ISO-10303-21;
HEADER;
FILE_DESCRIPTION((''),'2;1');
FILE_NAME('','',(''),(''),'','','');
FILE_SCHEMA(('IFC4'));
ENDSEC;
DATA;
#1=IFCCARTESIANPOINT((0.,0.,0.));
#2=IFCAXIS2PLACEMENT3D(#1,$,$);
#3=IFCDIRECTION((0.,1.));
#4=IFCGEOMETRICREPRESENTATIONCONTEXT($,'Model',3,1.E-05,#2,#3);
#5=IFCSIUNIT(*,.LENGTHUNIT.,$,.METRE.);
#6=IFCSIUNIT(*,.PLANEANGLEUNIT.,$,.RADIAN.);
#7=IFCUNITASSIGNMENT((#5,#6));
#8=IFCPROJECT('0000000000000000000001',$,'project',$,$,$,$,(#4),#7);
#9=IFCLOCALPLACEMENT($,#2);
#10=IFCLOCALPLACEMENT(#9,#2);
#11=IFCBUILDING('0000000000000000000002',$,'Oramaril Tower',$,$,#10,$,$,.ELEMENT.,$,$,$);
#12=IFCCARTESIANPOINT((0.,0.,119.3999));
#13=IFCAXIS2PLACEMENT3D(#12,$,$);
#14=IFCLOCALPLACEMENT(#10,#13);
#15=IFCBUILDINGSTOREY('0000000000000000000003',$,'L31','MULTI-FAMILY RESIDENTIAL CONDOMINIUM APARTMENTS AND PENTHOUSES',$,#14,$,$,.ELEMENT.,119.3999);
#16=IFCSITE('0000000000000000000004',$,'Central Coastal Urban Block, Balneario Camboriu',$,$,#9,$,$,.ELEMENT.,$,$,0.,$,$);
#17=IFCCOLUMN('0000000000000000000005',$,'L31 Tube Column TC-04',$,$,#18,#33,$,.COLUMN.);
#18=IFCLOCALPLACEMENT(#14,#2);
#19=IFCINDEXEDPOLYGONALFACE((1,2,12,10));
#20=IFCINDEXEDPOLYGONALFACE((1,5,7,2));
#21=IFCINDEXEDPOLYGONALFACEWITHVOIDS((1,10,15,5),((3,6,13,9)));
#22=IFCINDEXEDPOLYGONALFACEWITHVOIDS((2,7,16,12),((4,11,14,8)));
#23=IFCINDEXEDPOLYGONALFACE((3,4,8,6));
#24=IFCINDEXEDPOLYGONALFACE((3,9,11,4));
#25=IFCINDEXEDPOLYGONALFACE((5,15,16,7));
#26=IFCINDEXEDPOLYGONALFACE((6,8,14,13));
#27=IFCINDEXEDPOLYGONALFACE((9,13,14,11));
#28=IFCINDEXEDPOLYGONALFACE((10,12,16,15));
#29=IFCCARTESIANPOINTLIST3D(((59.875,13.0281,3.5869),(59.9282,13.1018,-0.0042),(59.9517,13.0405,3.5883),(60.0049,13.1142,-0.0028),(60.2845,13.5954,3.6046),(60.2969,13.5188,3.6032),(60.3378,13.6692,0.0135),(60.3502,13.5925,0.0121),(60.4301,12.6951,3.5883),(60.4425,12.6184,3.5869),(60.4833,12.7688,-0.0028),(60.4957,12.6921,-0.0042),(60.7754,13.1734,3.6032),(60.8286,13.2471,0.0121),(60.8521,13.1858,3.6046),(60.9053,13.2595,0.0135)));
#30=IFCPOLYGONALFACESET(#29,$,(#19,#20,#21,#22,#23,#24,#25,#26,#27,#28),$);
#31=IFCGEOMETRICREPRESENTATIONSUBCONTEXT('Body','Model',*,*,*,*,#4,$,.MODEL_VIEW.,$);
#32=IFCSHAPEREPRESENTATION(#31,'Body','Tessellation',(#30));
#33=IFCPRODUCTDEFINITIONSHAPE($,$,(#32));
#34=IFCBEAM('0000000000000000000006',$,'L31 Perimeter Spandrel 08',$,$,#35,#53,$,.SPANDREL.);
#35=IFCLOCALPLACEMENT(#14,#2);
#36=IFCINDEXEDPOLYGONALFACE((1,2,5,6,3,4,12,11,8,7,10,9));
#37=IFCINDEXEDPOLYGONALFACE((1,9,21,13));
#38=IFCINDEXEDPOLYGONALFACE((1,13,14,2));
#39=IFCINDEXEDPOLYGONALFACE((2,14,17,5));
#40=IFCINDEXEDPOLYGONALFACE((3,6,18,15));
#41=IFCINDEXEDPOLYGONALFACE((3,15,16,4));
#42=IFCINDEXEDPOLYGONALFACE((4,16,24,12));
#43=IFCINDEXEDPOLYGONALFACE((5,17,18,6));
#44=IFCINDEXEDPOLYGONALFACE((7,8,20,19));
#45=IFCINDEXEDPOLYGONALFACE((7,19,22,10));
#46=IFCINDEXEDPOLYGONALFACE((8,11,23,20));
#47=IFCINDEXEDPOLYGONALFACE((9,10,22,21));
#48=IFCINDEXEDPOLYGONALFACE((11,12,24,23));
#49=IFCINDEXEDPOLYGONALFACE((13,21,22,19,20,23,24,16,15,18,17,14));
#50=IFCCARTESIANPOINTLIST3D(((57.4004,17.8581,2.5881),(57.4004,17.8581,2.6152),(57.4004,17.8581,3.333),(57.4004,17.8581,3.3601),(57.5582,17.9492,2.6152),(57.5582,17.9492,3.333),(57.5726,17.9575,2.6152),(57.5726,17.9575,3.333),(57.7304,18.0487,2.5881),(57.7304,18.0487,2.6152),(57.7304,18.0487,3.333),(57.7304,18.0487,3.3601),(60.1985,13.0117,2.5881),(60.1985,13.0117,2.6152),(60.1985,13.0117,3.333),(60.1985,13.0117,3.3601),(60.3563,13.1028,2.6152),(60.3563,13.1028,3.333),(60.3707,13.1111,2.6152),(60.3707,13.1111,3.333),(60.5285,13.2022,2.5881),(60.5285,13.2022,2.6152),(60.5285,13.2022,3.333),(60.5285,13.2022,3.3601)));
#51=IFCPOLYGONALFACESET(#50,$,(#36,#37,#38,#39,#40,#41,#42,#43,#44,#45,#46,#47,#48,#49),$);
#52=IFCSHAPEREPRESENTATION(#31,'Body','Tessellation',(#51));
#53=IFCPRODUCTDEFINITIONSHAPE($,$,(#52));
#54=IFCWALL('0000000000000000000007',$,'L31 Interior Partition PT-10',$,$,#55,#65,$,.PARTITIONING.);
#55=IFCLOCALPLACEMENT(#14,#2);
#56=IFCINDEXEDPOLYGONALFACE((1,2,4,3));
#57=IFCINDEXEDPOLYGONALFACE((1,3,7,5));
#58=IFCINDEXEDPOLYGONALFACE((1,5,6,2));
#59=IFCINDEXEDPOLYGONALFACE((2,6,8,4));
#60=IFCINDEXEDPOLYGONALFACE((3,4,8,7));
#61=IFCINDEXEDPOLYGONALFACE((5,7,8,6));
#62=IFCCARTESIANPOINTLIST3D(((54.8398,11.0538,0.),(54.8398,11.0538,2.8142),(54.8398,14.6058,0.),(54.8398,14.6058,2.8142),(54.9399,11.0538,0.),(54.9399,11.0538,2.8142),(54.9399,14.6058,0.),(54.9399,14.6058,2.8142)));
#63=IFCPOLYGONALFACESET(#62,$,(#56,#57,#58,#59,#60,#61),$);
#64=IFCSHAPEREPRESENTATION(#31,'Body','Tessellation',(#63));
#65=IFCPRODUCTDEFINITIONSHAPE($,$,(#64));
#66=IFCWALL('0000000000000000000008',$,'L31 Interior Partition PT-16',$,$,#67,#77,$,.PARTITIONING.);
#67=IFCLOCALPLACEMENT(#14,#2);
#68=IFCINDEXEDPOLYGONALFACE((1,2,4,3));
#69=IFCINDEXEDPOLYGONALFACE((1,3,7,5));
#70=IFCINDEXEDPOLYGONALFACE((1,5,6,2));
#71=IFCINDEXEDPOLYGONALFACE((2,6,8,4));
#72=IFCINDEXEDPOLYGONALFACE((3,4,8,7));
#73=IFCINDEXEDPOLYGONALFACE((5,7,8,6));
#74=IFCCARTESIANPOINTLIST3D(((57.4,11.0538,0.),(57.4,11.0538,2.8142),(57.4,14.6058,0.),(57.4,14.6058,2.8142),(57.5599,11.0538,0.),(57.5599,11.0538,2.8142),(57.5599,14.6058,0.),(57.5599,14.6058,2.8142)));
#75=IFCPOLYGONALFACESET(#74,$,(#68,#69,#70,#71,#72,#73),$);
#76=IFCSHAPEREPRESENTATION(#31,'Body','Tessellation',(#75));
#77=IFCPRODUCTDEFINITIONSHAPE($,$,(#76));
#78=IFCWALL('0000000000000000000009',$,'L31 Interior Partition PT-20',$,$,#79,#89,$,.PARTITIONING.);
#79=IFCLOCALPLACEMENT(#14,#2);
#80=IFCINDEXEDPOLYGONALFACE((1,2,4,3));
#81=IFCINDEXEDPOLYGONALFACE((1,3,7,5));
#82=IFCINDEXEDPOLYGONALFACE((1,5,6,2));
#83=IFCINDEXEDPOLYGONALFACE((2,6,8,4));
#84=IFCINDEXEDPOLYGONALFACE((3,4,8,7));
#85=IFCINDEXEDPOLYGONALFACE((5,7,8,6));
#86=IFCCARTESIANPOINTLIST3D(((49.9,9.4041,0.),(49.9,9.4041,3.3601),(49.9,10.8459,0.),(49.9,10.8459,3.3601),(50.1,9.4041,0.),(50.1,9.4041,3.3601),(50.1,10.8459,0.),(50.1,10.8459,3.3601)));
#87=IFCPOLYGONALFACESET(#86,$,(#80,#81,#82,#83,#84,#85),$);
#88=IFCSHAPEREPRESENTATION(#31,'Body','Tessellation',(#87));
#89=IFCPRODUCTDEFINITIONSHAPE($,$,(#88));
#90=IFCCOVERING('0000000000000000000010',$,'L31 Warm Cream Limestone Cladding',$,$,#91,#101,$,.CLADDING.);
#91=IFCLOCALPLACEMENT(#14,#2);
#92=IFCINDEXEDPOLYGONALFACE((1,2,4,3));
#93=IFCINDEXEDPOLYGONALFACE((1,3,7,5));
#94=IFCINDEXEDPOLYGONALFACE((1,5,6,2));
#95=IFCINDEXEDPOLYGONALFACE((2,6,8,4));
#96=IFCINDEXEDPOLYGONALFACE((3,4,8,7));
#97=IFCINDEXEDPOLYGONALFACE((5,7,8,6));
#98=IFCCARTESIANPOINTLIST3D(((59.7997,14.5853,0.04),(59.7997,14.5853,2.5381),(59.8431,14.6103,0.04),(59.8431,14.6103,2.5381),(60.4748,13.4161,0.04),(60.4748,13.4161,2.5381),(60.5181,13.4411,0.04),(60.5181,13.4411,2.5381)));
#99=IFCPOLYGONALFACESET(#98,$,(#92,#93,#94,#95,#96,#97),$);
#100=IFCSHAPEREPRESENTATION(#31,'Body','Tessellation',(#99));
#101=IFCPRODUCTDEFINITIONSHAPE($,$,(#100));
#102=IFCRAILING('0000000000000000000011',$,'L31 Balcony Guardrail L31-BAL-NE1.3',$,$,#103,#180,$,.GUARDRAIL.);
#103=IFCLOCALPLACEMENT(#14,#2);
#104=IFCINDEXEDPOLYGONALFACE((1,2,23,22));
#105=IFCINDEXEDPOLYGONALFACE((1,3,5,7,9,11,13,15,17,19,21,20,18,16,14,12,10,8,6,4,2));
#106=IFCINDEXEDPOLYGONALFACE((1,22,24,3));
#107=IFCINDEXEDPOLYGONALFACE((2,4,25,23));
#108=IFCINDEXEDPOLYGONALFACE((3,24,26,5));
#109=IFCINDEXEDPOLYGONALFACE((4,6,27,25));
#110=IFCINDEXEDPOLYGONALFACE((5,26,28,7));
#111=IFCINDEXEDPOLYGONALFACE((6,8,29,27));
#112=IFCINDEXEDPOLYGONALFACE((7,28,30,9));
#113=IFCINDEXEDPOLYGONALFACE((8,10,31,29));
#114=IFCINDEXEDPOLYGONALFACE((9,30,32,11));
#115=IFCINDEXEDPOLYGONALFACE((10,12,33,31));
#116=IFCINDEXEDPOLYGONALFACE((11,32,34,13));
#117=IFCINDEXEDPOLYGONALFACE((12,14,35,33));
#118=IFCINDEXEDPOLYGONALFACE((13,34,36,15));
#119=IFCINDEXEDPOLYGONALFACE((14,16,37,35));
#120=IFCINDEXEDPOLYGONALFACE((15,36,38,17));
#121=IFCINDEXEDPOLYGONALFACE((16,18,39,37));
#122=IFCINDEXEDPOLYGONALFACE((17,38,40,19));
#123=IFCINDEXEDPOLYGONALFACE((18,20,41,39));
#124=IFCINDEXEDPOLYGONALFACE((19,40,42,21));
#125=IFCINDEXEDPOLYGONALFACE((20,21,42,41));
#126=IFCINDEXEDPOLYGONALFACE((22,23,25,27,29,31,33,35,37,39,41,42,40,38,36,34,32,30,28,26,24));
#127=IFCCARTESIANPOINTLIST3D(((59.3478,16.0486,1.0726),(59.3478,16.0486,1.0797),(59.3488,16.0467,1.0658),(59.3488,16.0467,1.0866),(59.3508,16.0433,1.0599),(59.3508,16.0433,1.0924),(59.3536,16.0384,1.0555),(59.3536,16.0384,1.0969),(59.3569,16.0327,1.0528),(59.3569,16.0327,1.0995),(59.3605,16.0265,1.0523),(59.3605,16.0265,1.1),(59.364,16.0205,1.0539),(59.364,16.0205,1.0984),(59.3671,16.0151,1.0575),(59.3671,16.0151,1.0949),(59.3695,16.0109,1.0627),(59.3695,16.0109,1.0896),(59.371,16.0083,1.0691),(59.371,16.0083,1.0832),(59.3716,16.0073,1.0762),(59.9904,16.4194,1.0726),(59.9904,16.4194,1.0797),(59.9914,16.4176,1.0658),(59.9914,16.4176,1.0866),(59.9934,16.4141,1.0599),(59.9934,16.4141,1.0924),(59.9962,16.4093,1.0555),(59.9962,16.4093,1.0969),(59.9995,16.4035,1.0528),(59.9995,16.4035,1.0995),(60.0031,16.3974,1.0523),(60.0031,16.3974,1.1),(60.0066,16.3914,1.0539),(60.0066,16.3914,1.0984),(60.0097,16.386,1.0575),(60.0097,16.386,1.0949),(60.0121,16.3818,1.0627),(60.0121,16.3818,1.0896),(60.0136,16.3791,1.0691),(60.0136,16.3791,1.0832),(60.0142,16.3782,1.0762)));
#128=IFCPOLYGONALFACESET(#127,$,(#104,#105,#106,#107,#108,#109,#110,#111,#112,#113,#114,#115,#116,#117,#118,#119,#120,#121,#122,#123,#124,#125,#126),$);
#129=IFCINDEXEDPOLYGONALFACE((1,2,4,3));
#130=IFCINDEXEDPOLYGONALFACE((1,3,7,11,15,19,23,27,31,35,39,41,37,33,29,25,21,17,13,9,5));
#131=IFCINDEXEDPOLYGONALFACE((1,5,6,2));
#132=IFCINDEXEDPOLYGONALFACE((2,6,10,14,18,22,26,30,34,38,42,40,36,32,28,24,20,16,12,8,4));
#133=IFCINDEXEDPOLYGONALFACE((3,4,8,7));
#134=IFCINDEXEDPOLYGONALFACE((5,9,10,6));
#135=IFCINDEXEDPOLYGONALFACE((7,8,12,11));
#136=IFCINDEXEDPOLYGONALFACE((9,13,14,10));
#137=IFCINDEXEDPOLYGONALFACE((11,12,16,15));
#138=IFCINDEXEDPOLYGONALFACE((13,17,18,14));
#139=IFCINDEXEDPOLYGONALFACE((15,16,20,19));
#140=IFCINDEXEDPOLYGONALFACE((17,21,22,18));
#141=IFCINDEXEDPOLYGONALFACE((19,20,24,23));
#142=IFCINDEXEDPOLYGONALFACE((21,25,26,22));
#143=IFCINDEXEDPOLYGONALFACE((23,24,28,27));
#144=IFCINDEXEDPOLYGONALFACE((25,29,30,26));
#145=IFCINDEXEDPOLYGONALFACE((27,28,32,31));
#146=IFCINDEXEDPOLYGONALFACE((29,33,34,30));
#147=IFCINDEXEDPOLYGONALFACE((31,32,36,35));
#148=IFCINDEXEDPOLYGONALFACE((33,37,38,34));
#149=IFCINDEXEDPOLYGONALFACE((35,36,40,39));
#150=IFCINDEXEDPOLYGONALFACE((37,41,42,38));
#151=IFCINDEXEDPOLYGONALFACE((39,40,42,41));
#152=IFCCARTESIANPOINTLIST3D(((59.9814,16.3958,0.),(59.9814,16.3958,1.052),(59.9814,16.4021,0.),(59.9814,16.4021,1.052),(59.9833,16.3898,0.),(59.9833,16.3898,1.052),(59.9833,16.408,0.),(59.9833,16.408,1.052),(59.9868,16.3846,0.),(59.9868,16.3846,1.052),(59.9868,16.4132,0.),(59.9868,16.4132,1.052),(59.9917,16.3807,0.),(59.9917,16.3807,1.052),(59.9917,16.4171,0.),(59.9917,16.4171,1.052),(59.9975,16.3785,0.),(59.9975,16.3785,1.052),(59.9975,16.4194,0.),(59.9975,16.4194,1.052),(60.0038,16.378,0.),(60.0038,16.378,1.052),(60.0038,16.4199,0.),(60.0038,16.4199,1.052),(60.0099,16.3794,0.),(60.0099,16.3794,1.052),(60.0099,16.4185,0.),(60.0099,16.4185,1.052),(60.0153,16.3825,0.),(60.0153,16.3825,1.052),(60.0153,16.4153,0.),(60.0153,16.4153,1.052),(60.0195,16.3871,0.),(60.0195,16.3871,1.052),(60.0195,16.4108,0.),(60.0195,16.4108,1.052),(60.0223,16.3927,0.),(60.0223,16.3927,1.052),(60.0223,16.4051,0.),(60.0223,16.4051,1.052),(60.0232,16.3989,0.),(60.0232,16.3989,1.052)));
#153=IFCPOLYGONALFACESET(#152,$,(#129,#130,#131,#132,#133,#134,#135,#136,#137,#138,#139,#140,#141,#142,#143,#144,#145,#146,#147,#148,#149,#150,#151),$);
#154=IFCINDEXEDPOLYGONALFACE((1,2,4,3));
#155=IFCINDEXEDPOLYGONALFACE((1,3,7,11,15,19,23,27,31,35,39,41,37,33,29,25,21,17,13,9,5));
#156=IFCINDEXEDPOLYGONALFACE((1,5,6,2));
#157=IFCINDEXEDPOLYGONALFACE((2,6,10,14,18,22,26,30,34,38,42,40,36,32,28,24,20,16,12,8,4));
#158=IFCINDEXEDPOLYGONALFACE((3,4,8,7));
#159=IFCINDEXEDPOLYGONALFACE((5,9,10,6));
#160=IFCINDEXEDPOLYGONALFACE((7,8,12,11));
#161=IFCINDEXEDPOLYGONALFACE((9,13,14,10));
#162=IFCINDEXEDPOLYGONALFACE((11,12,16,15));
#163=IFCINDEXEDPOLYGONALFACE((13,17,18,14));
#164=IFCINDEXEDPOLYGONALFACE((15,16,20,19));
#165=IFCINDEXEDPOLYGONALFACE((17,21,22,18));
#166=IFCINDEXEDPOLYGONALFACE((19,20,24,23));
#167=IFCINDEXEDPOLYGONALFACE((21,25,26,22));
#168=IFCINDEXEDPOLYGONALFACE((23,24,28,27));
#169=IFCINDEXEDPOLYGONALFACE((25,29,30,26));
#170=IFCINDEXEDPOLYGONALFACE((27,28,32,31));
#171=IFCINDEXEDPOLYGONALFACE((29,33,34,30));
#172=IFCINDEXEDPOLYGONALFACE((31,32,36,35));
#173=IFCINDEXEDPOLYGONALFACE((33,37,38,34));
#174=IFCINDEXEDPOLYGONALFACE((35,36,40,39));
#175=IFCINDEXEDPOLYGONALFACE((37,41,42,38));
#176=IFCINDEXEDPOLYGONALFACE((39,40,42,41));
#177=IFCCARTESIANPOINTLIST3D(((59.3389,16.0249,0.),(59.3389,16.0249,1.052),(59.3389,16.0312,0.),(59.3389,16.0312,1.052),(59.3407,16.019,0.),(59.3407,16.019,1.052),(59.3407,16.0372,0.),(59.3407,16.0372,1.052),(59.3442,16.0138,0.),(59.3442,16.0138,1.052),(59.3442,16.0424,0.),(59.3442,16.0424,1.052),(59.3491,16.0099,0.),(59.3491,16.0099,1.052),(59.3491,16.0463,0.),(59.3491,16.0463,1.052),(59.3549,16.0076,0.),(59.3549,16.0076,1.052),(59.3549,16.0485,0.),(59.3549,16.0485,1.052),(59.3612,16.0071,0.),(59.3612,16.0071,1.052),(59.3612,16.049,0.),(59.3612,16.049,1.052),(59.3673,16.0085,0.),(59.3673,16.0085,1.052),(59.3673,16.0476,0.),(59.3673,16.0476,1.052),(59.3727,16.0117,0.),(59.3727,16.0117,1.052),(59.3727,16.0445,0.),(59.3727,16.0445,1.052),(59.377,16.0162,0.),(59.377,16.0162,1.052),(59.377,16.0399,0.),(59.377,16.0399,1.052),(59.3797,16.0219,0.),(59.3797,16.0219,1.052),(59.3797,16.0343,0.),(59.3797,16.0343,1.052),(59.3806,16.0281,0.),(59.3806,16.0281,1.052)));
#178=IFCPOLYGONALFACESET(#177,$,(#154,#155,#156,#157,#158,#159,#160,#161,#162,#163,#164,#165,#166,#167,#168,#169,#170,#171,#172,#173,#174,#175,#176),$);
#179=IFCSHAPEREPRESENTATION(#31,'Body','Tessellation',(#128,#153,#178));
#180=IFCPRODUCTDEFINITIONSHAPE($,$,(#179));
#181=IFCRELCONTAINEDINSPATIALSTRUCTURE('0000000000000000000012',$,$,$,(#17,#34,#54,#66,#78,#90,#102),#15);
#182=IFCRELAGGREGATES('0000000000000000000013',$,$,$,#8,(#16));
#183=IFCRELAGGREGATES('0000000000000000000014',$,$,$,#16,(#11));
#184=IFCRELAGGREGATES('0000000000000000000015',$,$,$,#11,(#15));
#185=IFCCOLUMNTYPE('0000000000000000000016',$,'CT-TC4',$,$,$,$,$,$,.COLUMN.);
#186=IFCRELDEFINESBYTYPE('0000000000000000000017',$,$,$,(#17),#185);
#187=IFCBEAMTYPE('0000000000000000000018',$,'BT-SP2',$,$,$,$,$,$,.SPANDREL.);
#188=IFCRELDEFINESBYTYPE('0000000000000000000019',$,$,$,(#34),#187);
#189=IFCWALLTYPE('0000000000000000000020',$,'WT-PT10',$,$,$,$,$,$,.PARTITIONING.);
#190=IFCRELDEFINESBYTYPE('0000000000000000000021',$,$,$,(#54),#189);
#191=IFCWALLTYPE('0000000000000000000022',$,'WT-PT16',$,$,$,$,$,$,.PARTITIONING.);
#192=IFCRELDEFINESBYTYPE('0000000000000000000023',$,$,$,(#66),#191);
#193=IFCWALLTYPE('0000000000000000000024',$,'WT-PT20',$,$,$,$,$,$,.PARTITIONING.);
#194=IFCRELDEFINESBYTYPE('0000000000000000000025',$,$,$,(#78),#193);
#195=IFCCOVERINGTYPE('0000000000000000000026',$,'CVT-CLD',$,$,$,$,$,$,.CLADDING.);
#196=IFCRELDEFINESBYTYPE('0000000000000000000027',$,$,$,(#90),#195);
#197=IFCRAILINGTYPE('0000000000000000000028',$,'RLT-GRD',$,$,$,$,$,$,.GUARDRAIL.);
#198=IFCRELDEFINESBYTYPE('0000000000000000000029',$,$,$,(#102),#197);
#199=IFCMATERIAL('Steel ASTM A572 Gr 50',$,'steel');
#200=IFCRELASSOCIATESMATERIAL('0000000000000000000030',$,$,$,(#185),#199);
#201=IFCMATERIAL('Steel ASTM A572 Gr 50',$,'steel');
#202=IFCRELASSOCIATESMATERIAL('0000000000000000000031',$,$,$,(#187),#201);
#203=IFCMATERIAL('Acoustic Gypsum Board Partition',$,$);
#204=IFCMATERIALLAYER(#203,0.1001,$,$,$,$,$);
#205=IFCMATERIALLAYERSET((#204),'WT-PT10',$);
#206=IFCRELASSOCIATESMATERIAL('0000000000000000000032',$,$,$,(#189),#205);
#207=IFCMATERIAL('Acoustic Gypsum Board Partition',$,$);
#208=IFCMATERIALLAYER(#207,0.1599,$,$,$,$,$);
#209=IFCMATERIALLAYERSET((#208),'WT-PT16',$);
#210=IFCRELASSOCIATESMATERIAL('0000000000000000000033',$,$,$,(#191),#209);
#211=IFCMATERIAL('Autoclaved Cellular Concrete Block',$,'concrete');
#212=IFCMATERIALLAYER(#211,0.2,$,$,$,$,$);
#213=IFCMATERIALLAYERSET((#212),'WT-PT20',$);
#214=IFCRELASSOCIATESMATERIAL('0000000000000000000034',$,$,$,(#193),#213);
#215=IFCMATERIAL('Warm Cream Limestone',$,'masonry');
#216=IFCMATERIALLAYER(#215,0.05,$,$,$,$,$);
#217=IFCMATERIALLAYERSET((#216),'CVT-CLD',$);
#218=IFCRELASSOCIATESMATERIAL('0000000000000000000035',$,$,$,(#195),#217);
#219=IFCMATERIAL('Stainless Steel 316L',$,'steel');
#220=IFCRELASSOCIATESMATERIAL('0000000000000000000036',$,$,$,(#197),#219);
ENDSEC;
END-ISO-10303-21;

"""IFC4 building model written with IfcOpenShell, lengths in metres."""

from ifc_helpers import new_model, si_unit, direction, frame, frame_2d, origin, origin_2d, place, context, subcontext, project, spatial, rectangle, hollow_rectangle, circle, i_section, extrude, material, layer, layer_set, material_profile, profile_set, type_object, element, save


model = new_model("IFC4")

# Units and contexts
model_context = context("Model", 3, precision=1e-05, world=origin(), true_north=direction((0.0, 1.0)))
body_context = subcontext(model_context, "Body", "Model", "MODEL_VIEW")
ifc_project = project(units=[si_unit("LENGTHUNIT", "METRE"), si_unit("PLANEANGLEUNIT", "RADIAN")], contexts=[model_context])

# Site, building, storey
site_placement = place(None, origin())
site = spatial("IfcSite", under=ifc_project, at=site_placement, Name="Central Coastal Urban Block, Balneario Camboriu", CompositionType="ELEMENT", RefElevation=0.0)
building_placement = place(site_placement, origin())
building = spatial("IfcBuilding", under=site, at=building_placement, Name="Oramaril Tower", CompositionType="ELEMENT")
storey_placement = place(building_placement, frame((0.0, 0.0, 119.3999)))
storey = spatial("IfcBuildingStorey", under=building, at=storey_placement, Name="L31", Description="MULTI-FAMILY RESIDENTIAL CONDOMINIUM APARTMENTS AND PENTHOUSES", CompositionType="ELEMENT", Elevation=119.3999)

# Column
ifc_material_1 = material(Name="Steel ASTM A572 Gr 50", Category="steel")
ifc_material_profile_1 = material_profile(ifc_material_1, hollow_rectangle(XDim=0.7, YDim=0.7, WallThickness=0.0549, at=origin_2d()), Name="BOX700X700X55")
ifc_profile_set_1 = profile_set([ifc_material_profile_1], Name="Steel ASTM A572 Gr 50")
column_type = type_object("IfcColumnType", Name="CT-TC4", PredefinedType="COLUMN", material=ifc_profile_set_1)
column_placement = place(storey_placement, frame((60.4167, 13.1807, 0.0046), z_axis=(-0.014816, -0.020525, 0.99968), x_axis=(0.810821, -0.585294, 0.0)))
element("IfcColumn", 1, at=column_placement, inside=storey, type_object=column_type, Name="L31 Tube Column TC-04", PredefinedType="COLUMN", context=body_context, shape_type="SweptSolid", body=[
    extrude(hollow_rectangle(XDim=0.7, YDim=0.7, WallThickness=0.0549, at=origin_2d()), origin(), (0.0, 0.0, 1.0), 3.5923),
])

# Beam
ifc_material_2 = material(Name="Steel ASTM A572 Gr 50", Category="steel")
ifc_material_profile_2 = material_profile(ifc_material_2, i_section(OverallWidth=0.3811, OverallDepth=0.772, WebThickness=0.0166, FlangeThickness=0.0271, at=origin_2d()), Name="W30X173")
ifc_profile_set_2 = profile_set([ifc_material_profile_2], Name="Steel ASTM A572 Gr 50")
beam_type = type_object("IfcBeamType", Name="BT-SP2", PredefinedType="SPANDREL", material=ifc_profile_set_2)
beam_placement = place(storey_placement, frame((60.3635, 13.1069, 2.9741), z_axis=(-0.500001, 0.866025, 0.0), x_axis=(-0.866025, -0.500001, 0.0)))
element("IfcBeam", 2, at=beam_placement, inside=storey, type_object=beam_type, Name="L31 Perimeter Spandrel 08", PredefinedType="SPANDREL", context=body_context, shape_type="SweptSolid", body=[
    extrude(i_section(OverallWidth=0.3811, OverallDepth=0.772, WebThickness=0.0166, FlangeThickness=0.0271, at=origin_2d()), origin(), (0.0, 0.0, 1.0), 5.5962),
])

# Walls
ifc_material_3 = material(Name="Acoustic Gypsum Board Partition")
ifc_layer_1 = layer(ifc_material_3, 0.1001)
ifc_layer_set_1 = layer_set([ifc_layer_1], Name="WT-PT10")
wall_type_1 = type_object("IfcWallType", Name="WT-PT10", PredefinedType="PARTITIONING", material=ifc_layer_set_1)
wall_1_placement = place(storey_placement, frame((54.8899, 11.054, 0.0), z_axis=(0.0, 0.0, 1.0), x_axis=(0.0, 1.0, 0.0)))
element("IfcWall", 3, at=wall_1_placement, inside=storey, type_object=wall_type_1, Name="L31 Interior Partition PT-10", PredefinedType="PARTITIONING", context=body_context, shape_type="SweptSolid", body=[
    extrude(rectangle(XDim=3.552, YDim=0.1001, at=frame_2d((1.7759, 0.0))), origin(), (0.0, 0.0, 1.0), 2.8142),
])
ifc_material_4 = material(Name="Acoustic Gypsum Board Partition")
ifc_layer_2 = layer(ifc_material_4, 0.1599)
ifc_layer_set_2 = layer_set([ifc_layer_2], Name="WT-PT16")
wall_type_2 = type_object("IfcWallType", Name="WT-PT16", PredefinedType="PARTITIONING", material=ifc_layer_set_2)
wall_2_placement = place(storey_placement, frame((57.48, 11.054, 0.0), z_axis=(0.0, 0.0, 1.0), x_axis=(0.0, 1.0, 0.0)))
element("IfcWall", 4, at=wall_2_placement, inside=storey, type_object=wall_type_2, Name="L31 Interior Partition PT-16", PredefinedType="PARTITIONING", context=body_context, shape_type="SweptSolid", body=[
    extrude(rectangle(XDim=3.552, YDim=0.1599, at=frame_2d((1.7759, 0.0))), origin(), (0.0, 0.0, 1.0), 2.8142),
])
ifc_material_5 = material(Name="Autoclaved Cellular Concrete Block", Category="concrete")
ifc_layer_3 = layer(ifc_material_5, 0.2)
ifc_layer_set_3 = layer_set([ifc_layer_3], Name="WT-PT20")
wall_type_3 = type_object("IfcWallType", Name="WT-PT20", PredefinedType="PARTITIONING", material=ifc_layer_set_3)
wall_3_placement = place(storey_placement, frame((50.0, 9.4041, 0.0), z_axis=(0.0, 0.0, 1.0), x_axis=(0.0, 1.0, 0.0)))
element("IfcWall", 5, at=wall_3_placement, inside=storey, type_object=wall_type_3, Name="L31 Interior Partition PT-20", PredefinedType="PARTITIONING", context=body_context, shape_type="SweptSolid", body=[
    extrude(rectangle(XDim=1.4419, YDim=0.2, at=frame_2d((0.7209, 0.0))), origin(), (0.0, 0.0, 1.0), 3.3601),
])

# Covering
ifc_material_6 = material(Name="Warm Cream Limestone", Category="masonry")
ifc_layer_4 = layer(ifc_material_6, 0.05)
ifc_layer_set_4 = layer_set([ifc_layer_4], Name="CVT-CLD")
covering_type = type_object("IfcCoveringType", Name="CVT-CLD", PredefinedType="CLADDING", material=ifc_layer_set_4)
covering_placement = place(storey_placement, frame((60.1589, 14.0132, 0.04), z_axis=(0.0, 0.0, 1.0), x_axis=(-0.5, 0.866025, 0.0)))
element("IfcCovering", 6, at=covering_placement, inside=storey, type_object=covering_type, Name="L31 Warm Cream Limestone Cladding", PredefinedType="CLADDING", context=body_context, shape_type="SweptSolid", body=[
    extrude(rectangle(XDim=1.3501, YDim=0.05, at=origin_2d()), origin(), (0.0, 0.0, 1.0), 2.498),
])

# Railing
ifc_material_7 = material(Name="Stainless Steel 316L", Category="steel")
railing_type = type_object("IfcRailingType", Name="RLT-GRD", PredefinedType="GUARDRAIL", material=ifc_material_7)
railing_placement = place(storey_placement, frame((60.0022, 16.3989, 0.0)))
element("IfcRailing", 7, at=railing_placement, inside=storey, type_object=railing_type, Name="L31 Balcony Guardrail L31-BAL-NE1.3", PredefinedType="GUARDRAIL", context=body_context, shape_type="SweptSolid", body=[
    extrude(circle(Radius=0.0239, at=origin_2d()), frame((0.0, 0.0, 1.0762), z_axis=(-0.866109, -0.499855, 0.0), x_axis=(0.499855, -0.866109, 0.0)), (0.0, 0.0, 1.0), 0.7419),
    extrude(circle(Radius=0.021, at=origin_2d()), origin(), (0.0, 0.0, 1.0), 1.052),
    extrude(circle(Radius=0.021, at=origin_2d()), frame((-0.6426, -0.3708, 0.0)), (0.0, 0.0, 1.0), 1.052),
])

save(model, "model.ifc")
